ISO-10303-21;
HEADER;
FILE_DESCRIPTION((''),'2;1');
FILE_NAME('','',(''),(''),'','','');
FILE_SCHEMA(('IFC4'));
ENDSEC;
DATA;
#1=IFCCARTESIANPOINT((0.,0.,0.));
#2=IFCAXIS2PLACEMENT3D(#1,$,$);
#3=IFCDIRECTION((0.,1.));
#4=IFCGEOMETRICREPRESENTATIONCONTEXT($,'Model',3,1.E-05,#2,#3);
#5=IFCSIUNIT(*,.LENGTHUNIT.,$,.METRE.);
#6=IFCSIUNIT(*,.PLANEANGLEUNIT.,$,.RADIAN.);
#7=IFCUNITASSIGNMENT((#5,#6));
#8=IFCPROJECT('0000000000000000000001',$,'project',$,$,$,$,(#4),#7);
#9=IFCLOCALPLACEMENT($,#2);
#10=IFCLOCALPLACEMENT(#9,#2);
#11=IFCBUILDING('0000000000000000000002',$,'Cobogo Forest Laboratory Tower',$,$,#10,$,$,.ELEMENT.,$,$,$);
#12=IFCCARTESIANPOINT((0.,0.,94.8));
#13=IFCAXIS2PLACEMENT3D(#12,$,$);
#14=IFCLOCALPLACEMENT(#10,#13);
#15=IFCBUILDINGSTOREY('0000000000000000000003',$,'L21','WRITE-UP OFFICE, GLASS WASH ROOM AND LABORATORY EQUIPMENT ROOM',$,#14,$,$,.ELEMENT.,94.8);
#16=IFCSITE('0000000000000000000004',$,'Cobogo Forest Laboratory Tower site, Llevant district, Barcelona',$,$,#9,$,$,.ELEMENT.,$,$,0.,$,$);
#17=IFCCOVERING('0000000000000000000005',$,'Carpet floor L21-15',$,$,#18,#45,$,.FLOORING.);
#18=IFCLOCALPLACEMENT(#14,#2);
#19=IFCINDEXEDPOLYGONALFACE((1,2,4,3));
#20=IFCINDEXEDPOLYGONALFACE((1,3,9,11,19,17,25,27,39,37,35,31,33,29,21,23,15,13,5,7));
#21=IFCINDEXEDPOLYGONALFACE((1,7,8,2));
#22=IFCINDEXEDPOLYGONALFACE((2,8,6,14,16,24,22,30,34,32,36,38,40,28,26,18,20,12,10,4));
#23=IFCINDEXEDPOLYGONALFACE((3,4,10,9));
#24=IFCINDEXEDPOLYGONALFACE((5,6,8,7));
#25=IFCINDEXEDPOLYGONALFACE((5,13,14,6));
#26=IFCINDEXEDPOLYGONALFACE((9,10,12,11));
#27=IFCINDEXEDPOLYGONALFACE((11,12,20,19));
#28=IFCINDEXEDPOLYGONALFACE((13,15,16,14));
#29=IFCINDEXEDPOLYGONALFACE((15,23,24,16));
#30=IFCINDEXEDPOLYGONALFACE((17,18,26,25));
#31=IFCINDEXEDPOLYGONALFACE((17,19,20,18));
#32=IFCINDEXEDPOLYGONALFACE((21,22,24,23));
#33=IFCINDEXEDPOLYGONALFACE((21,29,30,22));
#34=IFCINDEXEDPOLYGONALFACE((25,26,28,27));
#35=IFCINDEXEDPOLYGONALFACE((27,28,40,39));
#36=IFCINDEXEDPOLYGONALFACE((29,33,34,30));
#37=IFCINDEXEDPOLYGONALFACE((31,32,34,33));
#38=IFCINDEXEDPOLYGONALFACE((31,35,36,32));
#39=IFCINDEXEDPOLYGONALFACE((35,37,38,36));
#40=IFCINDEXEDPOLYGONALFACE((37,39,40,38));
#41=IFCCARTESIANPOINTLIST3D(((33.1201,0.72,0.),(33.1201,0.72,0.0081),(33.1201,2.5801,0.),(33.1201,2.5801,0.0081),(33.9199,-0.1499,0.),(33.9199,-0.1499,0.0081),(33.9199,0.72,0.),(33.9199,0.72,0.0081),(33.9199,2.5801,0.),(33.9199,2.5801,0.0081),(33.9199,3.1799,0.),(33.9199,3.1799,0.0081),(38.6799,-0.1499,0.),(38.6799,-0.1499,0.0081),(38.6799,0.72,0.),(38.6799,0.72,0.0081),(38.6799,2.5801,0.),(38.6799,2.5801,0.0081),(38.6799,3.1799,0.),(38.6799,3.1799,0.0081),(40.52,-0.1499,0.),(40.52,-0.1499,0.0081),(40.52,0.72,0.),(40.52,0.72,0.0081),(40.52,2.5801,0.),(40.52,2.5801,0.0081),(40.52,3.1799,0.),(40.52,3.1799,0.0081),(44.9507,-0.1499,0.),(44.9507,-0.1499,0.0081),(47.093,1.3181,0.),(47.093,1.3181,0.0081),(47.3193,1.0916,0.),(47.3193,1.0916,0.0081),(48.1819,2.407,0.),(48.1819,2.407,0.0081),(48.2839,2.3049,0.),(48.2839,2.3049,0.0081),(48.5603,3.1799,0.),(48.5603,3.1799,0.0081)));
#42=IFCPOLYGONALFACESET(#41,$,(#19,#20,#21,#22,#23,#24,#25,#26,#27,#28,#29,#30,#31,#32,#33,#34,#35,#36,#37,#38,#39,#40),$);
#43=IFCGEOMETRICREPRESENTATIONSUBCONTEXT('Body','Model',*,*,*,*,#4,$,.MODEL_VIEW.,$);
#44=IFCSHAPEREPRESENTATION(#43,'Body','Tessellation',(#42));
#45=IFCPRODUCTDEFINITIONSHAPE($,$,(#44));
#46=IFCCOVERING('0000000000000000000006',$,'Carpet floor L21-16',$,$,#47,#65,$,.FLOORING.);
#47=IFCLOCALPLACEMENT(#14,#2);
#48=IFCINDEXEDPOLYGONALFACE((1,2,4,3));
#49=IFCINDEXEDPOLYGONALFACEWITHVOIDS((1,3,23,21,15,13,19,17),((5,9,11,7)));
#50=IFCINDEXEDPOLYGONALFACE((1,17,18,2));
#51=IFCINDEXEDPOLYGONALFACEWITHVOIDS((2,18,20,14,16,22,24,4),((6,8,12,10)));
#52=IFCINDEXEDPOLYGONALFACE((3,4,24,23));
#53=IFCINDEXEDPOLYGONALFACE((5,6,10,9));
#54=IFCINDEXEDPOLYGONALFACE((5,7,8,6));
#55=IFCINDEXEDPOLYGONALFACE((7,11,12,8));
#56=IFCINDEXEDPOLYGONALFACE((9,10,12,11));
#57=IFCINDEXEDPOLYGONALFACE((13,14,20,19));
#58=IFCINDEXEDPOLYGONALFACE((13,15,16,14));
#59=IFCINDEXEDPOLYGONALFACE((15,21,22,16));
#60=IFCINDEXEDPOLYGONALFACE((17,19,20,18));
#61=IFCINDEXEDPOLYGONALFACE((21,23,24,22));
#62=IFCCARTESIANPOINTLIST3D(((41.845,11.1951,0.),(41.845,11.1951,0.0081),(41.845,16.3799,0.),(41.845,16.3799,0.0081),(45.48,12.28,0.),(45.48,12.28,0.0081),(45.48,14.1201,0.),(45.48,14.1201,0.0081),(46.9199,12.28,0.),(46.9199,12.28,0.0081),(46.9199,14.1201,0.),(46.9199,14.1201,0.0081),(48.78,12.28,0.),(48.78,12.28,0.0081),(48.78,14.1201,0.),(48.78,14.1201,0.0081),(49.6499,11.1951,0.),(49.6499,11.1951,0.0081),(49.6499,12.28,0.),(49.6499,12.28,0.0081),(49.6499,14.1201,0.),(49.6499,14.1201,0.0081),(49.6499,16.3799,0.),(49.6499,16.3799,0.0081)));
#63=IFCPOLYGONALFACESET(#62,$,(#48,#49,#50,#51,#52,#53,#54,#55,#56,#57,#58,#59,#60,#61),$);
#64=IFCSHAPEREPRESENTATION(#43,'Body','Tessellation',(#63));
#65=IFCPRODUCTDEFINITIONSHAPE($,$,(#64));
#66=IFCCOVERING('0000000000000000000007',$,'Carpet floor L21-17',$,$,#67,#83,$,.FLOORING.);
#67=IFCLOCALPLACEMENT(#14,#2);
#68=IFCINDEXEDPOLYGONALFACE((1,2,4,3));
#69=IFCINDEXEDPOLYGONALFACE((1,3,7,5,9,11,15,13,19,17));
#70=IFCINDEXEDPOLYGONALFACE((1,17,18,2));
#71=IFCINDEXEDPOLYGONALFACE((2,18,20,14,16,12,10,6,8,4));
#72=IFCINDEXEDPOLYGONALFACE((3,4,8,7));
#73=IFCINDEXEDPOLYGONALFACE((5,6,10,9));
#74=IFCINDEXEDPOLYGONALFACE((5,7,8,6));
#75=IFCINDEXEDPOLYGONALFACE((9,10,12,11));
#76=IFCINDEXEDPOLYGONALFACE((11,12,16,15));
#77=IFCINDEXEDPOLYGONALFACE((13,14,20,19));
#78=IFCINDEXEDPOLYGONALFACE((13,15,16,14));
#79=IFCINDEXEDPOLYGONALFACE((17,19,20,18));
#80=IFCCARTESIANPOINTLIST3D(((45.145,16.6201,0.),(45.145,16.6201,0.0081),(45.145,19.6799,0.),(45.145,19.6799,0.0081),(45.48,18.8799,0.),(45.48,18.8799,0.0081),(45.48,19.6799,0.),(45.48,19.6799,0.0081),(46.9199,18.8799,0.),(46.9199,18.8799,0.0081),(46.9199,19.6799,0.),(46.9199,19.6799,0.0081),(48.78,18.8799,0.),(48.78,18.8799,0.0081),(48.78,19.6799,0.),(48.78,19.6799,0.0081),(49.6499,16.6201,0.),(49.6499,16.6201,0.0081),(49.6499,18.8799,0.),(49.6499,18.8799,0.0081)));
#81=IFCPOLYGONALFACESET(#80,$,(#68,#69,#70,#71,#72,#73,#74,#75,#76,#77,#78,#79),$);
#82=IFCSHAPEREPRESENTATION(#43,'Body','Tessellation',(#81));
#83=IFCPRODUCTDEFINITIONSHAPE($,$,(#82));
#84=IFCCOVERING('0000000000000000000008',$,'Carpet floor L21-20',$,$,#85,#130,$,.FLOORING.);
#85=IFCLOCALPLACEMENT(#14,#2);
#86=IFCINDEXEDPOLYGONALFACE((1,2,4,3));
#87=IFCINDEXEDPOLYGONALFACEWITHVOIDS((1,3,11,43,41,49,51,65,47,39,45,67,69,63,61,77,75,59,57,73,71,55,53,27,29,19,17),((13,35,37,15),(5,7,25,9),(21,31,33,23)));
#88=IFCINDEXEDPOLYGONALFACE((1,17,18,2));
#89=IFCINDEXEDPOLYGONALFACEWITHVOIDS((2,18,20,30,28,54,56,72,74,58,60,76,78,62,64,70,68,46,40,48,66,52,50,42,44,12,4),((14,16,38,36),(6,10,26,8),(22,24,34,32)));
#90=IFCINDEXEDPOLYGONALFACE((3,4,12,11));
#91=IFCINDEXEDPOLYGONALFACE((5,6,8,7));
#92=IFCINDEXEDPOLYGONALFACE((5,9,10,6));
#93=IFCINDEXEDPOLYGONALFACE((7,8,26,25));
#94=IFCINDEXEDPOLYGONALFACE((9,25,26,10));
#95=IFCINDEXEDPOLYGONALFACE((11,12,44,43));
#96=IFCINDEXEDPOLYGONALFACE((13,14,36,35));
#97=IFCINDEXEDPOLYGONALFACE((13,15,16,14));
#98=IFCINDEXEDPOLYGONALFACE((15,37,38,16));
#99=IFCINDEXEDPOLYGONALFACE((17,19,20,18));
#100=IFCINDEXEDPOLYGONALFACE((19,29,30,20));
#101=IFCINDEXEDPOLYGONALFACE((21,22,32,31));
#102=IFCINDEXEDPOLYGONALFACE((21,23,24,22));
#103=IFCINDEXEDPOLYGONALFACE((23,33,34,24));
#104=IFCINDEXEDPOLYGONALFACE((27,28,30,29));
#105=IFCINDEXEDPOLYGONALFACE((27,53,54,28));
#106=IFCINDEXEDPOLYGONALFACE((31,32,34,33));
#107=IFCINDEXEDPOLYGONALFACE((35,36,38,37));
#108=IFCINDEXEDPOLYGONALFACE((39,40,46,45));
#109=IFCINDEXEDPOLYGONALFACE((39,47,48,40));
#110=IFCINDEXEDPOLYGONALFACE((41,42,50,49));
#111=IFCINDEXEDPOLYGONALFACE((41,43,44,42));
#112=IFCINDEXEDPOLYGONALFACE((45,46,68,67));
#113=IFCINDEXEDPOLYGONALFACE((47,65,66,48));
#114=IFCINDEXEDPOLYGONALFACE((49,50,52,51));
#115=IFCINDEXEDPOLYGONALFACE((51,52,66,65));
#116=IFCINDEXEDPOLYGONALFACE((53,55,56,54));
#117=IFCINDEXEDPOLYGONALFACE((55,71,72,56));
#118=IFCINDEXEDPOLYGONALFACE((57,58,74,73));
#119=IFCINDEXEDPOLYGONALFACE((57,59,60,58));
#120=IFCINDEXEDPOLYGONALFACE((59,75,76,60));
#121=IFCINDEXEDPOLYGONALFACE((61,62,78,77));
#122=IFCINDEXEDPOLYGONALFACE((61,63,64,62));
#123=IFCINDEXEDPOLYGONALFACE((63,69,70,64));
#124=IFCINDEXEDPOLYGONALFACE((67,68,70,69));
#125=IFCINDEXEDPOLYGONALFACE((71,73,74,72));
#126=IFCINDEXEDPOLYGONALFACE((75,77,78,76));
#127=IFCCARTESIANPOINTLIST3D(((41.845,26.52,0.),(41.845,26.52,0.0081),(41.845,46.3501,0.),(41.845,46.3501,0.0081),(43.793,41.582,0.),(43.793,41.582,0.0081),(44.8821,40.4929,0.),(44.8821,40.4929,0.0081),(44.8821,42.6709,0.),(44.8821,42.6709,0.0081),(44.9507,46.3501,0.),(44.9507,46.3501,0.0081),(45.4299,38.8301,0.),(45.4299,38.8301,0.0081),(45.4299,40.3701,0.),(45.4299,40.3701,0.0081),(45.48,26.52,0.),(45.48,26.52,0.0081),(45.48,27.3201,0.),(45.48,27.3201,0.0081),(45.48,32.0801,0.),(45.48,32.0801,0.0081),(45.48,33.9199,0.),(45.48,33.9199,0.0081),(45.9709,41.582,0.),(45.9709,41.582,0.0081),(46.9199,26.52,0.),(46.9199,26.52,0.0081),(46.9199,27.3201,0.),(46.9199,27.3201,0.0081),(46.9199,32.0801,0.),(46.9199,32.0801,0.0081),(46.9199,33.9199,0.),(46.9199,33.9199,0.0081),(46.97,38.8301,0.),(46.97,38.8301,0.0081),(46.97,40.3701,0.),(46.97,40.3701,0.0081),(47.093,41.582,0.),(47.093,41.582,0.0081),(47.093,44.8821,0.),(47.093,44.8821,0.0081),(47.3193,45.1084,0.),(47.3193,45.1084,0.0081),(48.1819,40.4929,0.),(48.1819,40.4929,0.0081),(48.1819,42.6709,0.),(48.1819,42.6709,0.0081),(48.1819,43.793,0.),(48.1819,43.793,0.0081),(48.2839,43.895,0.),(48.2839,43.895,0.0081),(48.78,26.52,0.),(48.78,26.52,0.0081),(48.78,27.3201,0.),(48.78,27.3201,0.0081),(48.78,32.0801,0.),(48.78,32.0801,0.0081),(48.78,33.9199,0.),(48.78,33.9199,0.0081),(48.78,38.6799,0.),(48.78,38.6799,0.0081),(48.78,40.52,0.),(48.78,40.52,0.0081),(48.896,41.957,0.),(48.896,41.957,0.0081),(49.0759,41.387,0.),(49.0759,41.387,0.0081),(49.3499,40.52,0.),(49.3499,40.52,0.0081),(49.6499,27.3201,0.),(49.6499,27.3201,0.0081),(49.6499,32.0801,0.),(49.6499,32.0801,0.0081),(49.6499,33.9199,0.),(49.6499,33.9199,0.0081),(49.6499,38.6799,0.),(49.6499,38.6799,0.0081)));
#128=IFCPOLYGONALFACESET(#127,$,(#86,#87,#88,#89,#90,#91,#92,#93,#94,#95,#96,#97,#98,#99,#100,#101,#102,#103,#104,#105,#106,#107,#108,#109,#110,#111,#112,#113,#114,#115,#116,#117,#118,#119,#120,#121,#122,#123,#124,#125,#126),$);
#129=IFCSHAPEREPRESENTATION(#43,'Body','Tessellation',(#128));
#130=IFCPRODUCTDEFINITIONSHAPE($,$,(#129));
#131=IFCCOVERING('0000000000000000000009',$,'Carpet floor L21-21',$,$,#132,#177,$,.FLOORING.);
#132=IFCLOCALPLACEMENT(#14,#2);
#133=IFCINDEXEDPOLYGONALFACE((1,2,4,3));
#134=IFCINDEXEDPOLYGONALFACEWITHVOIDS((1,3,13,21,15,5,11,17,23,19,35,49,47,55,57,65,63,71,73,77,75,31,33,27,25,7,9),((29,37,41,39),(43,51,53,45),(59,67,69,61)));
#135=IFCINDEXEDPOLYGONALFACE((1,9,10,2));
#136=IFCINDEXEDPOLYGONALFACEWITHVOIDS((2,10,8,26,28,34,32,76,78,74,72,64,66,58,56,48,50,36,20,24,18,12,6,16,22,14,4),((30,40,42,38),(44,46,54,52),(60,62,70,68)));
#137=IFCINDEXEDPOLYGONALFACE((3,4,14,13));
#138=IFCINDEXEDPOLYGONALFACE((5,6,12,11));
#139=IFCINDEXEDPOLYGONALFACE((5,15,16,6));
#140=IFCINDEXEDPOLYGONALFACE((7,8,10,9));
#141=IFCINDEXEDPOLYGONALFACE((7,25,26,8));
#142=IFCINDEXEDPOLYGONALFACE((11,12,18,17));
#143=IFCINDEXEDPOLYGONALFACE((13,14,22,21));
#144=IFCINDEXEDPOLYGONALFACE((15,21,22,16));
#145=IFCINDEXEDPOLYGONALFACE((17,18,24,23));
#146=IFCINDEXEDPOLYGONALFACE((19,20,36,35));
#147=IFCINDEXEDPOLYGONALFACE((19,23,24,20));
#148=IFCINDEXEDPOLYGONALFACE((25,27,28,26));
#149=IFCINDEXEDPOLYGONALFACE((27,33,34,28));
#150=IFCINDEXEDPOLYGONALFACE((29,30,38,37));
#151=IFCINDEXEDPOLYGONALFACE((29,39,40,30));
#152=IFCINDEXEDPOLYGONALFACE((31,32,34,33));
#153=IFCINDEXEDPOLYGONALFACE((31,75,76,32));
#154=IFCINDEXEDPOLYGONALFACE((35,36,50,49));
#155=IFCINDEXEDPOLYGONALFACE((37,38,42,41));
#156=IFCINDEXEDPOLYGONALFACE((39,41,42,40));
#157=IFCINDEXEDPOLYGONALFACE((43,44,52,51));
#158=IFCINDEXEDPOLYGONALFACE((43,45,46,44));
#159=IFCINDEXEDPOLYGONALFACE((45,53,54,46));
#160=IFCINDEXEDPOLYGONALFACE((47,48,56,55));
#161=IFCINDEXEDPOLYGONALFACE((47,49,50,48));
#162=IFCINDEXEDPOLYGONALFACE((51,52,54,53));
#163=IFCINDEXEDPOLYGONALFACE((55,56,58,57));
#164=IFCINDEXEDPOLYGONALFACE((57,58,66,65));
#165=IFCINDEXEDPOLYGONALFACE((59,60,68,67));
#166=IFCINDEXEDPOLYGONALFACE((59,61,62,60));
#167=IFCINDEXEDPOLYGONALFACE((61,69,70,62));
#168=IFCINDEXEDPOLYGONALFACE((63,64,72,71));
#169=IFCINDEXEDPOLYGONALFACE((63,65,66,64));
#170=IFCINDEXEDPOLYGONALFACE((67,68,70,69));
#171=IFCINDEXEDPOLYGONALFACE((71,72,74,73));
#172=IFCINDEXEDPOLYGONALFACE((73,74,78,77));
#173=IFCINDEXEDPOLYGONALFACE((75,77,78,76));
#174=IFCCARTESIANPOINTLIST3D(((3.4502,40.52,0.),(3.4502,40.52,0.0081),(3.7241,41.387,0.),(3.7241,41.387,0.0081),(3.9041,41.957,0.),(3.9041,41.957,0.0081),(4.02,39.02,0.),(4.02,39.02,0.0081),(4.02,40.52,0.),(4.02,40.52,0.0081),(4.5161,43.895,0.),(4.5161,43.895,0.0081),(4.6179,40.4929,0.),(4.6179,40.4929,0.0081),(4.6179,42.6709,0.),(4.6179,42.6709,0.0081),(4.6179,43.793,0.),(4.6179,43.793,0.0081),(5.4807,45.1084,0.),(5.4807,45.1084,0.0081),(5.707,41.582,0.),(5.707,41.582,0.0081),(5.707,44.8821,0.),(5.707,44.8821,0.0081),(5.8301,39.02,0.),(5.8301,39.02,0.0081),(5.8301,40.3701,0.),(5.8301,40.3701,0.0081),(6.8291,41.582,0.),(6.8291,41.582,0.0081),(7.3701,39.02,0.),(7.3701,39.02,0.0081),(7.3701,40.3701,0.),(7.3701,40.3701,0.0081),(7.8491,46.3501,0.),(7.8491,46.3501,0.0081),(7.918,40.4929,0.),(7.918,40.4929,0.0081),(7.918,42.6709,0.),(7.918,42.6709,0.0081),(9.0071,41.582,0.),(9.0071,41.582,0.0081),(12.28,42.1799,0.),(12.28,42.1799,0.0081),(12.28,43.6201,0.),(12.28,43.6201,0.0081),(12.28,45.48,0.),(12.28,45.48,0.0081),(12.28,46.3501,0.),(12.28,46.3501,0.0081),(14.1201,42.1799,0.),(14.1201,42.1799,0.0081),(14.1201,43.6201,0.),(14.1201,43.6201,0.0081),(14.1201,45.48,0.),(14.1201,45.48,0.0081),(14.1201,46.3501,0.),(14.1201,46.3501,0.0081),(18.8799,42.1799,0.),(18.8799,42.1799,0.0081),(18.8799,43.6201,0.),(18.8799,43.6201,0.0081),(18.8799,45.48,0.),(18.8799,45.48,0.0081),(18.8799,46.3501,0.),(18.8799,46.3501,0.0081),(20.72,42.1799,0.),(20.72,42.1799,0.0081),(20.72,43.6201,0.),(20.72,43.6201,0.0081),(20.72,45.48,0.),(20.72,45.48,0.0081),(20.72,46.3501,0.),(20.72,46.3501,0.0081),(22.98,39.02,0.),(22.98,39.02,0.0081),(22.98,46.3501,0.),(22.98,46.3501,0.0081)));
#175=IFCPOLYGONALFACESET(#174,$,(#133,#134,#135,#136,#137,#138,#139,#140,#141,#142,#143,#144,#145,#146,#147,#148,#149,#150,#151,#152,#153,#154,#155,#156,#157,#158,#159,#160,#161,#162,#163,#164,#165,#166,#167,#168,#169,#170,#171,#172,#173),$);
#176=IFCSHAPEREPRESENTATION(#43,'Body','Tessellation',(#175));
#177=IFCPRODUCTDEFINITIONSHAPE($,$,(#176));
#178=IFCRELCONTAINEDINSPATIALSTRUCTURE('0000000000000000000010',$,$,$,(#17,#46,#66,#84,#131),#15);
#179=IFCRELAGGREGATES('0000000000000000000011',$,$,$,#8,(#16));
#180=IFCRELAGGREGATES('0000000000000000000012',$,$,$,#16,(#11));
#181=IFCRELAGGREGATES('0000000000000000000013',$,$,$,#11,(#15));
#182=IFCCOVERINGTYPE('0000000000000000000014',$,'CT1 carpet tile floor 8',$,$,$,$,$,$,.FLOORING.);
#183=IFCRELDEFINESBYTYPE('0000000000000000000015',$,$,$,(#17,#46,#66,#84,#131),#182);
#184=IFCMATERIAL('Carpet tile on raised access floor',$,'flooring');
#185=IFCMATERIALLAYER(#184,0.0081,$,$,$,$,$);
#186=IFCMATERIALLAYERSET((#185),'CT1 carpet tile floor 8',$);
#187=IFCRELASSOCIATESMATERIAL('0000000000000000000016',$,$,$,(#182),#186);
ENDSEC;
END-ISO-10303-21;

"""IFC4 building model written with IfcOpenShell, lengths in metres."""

from ifc_helpers import new_model, si_unit, direction, frame, origin, place, context, subcontext, project, spatial, polyline, outline, extrude, material, layer, layer_set, type_object, element, save


model = new_model("IFC4")

# Units and contexts
model_context = context("Model", 3, precision=1e-05, world=origin(), true_north=direction((0.0, 1.0)))
body_context = subcontext(model_context, "Body", "Model", "MODEL_VIEW")
ifc_project = project(units=[si_unit("LENGTHUNIT", "METRE"), si_unit("PLANEANGLEUNIT", "RADIAN")], contexts=[model_context])

# Site, building, storey
site_placement = place(None, origin())
site = spatial("IfcSite", under=ifc_project, at=site_placement, Name="Cobogo Forest Laboratory Tower site, Llevant district, Barcelona", CompositionType="ELEMENT", RefElevation=0.0)
building_placement = place(site_placement, origin())
building = spatial("IfcBuilding", under=site, at=building_placement, Name="Cobogo Forest Laboratory Tower", CompositionType="ELEMENT")
storey_placement = place(building_placement, frame((0.0, 0.0, 94.8)))
storey = spatial("IfcBuildingStorey", under=building, at=storey_placement, Name="L21", Description="WRITE-UP OFFICE, GLASS WASH ROOM AND LABORATORY EQUIPMENT ROOM", CompositionType="ELEMENT", Elevation=94.8)

# Coverings
ifc_material_1 = material(Name="Carpet tile on raised access floor", Category="flooring")
ifc_layer_1 = layer(ifc_material_1, 0.0081)
ifc_layer_set_1 = layer_set([ifc_layer_1], Name="CT1 carpet tile floor 8")
covering_type_1 = type_object("IfcCoveringType", Name="CT1 carpet tile floor 8", PredefinedType="FLOORING", material=ifc_layer_set_1)
covering_1_placement = place(storey_placement, origin())
element("IfcCovering", 1, at=covering_1_placement, inside=storey, type_object=covering_type_1, Name="Carpet floor L21-15", PredefinedType="FLOORING", context=body_context, shape_type="SweptSolid", body=[
    extrude(outline(polyline([(38.6799, 3.1799), (38.6799, 2.5801), (40.52, 2.5801), (40.52, 3.1799), (48.5603, 3.1799), (48.2839, 2.3049), (48.1819, 2.407), (47.093, 1.3181), (47.3193, 1.0916), (44.9507, -0.1499), (40.52, -0.1499), (40.52, 0.72), (38.6799, 0.72), (38.6799, -0.1499), (33.9199, -0.1499), (33.9199, 0.72), (33.1201, 0.72), (33.1201, 2.5801), (33.9199, 2.5801), (33.9199, 3.1799), (38.6799, 3.1799)])), origin(), (0.0, 0.0, 1.0), 0.0081),
])
covering_2_placement = place(storey_placement, origin())
element("IfcCovering", 2, at=covering_2_placement, inside=storey, type_object=covering_type_1, Name="Carpet floor L21-16", PredefinedType="FLOORING", context=body_context, shape_type="SweptSolid", body=[
    extrude(outline(polyline([(41.845, 16.3799), (49.6499, 16.3799), (49.6499, 14.1201), (48.78, 14.1201), (48.78, 12.28), (49.6499, 12.28), (49.6499, 11.1951), (41.845, 11.1951), (41.845, 16.3799)]), holes=[polyline([(45.48, 12.28), (46.9199, 12.28), (46.9199, 14.1201), (45.48, 14.1201), (45.48, 12.28)])]), origin(), (0.0, 0.0, 1.0), 0.0081),
])
covering_3_placement = place(storey_placement, origin())
element("IfcCovering", 3, at=covering_3_placement, inside=storey, type_object=covering_type_1, Name="Carpet floor L21-17", PredefinedType="FLOORING", context=body_context, shape_type="SweptSolid", body=[
    extrude(outline(polyline([(45.145, 19.6799), (45.48, 19.6799), (45.48, 18.8799), (46.9199, 18.8799), (46.9199, 19.6799), (48.78, 19.6799), (48.78, 18.8799), (49.6499, 18.8799), (49.6499, 16.6201), (45.145, 16.6201), (45.145, 19.6799)])), origin(), (0.0, 0.0, 1.0), 0.0081),
])
covering_4_placement = place(storey_placement, origin())
element("IfcCovering", 4, at=covering_4_placement, inside=storey, type_object=covering_type_1, Name="Carpet floor L21-20", PredefinedType="FLOORING", context=body_context, shape_type="SweptSolid", body=[
    extrude(outline(polyline([(41.845, 46.3501), (44.9507, 46.3501), (47.3193, 45.1084), (47.093, 44.8821), (48.1819, 43.793), (48.2839, 43.895), (48.896, 41.957), (48.1819, 42.6709), (47.093, 41.582), (48.1819, 40.4929), (49.0759, 41.387), (49.3499, 40.52), (48.78, 40.52), (48.78, 38.6799), (49.6499, 38.6799), (49.6499, 33.9199), (48.78, 33.9199), (48.78, 32.0801), (49.6499, 32.0801), (49.6499, 27.3201), (48.78, 27.3201), (48.78, 26.52), (46.9199, 26.52), (46.9199, 27.3201), (45.48, 27.3201), (45.48, 26.52), (41.845, 26.52), (41.845, 46.3501)]), holes=[polyline([(45.4299, 40.3701), (45.4299, 38.8301), (46.97, 38.8301), (46.97, 40.3701), (45.4299, 40.3701)]), polyline([(46.9199, 32.0801), (46.9199, 33.9199), (45.48, 33.9199), (45.48, 32.0801), (46.9199, 32.0801)]), polyline([(43.793, 41.582), (44.8821, 40.4929), (45.9709, 41.582), (44.8821, 42.6709), (43.793, 41.582)])]), origin(), (0.0, 0.0, 1.0), 0.0081),
])
covering_5_placement = place(storey_placement, origin())
element("IfcCovering", 5, at=covering_5_placement, inside=storey, type_object=covering_type_1, Name="Carpet floor L21-21", PredefinedType="FLOORING", context=body_context, shape_type="SweptSolid", body=[
    extrude(outline(polyline([(3.7241, 41.387), (4.6179, 40.4929), (5.707, 41.582), (4.6179, 42.6709), (3.9041, 41.957), (4.5161, 43.895), (4.6179, 43.793), (5.707, 44.8821), (5.4807, 45.1084), (7.8491, 46.3501), (12.28, 46.3501), (12.28, 45.48), (14.1201, 45.48), (14.1201, 46.3501), (18.8799, 46.3501), (18.8799, 45.48), (20.72, 45.48), (20.72, 46.3501), (22.98, 46.3501), (22.98, 39.02), (7.3701, 39.02), (7.3701, 40.3701), (5.8301, 40.3701), (5.8301, 39.02), (4.02, 39.02), (4.02, 40.52), (3.4502, 40.52), (3.7241, 41.387)]), holes=[polyline([(18.8799, 42.1799), (20.72, 42.1799), (20.72, 43.6201), (18.8799, 43.6201), (18.8799, 42.1799)]), polyline([(12.28, 43.6201), (12.28, 42.1799), (14.1201, 42.1799), (14.1201, 43.6201), (12.28, 43.6201)]), polyline([(6.8291, 41.582), (7.918, 40.4929), (9.0071, 41.582), (7.918, 42.6709), (6.8291, 41.582)])]), origin(), (0.0, 0.0, 1.0), 0.0081),
])

save(model, "model.ifc")
